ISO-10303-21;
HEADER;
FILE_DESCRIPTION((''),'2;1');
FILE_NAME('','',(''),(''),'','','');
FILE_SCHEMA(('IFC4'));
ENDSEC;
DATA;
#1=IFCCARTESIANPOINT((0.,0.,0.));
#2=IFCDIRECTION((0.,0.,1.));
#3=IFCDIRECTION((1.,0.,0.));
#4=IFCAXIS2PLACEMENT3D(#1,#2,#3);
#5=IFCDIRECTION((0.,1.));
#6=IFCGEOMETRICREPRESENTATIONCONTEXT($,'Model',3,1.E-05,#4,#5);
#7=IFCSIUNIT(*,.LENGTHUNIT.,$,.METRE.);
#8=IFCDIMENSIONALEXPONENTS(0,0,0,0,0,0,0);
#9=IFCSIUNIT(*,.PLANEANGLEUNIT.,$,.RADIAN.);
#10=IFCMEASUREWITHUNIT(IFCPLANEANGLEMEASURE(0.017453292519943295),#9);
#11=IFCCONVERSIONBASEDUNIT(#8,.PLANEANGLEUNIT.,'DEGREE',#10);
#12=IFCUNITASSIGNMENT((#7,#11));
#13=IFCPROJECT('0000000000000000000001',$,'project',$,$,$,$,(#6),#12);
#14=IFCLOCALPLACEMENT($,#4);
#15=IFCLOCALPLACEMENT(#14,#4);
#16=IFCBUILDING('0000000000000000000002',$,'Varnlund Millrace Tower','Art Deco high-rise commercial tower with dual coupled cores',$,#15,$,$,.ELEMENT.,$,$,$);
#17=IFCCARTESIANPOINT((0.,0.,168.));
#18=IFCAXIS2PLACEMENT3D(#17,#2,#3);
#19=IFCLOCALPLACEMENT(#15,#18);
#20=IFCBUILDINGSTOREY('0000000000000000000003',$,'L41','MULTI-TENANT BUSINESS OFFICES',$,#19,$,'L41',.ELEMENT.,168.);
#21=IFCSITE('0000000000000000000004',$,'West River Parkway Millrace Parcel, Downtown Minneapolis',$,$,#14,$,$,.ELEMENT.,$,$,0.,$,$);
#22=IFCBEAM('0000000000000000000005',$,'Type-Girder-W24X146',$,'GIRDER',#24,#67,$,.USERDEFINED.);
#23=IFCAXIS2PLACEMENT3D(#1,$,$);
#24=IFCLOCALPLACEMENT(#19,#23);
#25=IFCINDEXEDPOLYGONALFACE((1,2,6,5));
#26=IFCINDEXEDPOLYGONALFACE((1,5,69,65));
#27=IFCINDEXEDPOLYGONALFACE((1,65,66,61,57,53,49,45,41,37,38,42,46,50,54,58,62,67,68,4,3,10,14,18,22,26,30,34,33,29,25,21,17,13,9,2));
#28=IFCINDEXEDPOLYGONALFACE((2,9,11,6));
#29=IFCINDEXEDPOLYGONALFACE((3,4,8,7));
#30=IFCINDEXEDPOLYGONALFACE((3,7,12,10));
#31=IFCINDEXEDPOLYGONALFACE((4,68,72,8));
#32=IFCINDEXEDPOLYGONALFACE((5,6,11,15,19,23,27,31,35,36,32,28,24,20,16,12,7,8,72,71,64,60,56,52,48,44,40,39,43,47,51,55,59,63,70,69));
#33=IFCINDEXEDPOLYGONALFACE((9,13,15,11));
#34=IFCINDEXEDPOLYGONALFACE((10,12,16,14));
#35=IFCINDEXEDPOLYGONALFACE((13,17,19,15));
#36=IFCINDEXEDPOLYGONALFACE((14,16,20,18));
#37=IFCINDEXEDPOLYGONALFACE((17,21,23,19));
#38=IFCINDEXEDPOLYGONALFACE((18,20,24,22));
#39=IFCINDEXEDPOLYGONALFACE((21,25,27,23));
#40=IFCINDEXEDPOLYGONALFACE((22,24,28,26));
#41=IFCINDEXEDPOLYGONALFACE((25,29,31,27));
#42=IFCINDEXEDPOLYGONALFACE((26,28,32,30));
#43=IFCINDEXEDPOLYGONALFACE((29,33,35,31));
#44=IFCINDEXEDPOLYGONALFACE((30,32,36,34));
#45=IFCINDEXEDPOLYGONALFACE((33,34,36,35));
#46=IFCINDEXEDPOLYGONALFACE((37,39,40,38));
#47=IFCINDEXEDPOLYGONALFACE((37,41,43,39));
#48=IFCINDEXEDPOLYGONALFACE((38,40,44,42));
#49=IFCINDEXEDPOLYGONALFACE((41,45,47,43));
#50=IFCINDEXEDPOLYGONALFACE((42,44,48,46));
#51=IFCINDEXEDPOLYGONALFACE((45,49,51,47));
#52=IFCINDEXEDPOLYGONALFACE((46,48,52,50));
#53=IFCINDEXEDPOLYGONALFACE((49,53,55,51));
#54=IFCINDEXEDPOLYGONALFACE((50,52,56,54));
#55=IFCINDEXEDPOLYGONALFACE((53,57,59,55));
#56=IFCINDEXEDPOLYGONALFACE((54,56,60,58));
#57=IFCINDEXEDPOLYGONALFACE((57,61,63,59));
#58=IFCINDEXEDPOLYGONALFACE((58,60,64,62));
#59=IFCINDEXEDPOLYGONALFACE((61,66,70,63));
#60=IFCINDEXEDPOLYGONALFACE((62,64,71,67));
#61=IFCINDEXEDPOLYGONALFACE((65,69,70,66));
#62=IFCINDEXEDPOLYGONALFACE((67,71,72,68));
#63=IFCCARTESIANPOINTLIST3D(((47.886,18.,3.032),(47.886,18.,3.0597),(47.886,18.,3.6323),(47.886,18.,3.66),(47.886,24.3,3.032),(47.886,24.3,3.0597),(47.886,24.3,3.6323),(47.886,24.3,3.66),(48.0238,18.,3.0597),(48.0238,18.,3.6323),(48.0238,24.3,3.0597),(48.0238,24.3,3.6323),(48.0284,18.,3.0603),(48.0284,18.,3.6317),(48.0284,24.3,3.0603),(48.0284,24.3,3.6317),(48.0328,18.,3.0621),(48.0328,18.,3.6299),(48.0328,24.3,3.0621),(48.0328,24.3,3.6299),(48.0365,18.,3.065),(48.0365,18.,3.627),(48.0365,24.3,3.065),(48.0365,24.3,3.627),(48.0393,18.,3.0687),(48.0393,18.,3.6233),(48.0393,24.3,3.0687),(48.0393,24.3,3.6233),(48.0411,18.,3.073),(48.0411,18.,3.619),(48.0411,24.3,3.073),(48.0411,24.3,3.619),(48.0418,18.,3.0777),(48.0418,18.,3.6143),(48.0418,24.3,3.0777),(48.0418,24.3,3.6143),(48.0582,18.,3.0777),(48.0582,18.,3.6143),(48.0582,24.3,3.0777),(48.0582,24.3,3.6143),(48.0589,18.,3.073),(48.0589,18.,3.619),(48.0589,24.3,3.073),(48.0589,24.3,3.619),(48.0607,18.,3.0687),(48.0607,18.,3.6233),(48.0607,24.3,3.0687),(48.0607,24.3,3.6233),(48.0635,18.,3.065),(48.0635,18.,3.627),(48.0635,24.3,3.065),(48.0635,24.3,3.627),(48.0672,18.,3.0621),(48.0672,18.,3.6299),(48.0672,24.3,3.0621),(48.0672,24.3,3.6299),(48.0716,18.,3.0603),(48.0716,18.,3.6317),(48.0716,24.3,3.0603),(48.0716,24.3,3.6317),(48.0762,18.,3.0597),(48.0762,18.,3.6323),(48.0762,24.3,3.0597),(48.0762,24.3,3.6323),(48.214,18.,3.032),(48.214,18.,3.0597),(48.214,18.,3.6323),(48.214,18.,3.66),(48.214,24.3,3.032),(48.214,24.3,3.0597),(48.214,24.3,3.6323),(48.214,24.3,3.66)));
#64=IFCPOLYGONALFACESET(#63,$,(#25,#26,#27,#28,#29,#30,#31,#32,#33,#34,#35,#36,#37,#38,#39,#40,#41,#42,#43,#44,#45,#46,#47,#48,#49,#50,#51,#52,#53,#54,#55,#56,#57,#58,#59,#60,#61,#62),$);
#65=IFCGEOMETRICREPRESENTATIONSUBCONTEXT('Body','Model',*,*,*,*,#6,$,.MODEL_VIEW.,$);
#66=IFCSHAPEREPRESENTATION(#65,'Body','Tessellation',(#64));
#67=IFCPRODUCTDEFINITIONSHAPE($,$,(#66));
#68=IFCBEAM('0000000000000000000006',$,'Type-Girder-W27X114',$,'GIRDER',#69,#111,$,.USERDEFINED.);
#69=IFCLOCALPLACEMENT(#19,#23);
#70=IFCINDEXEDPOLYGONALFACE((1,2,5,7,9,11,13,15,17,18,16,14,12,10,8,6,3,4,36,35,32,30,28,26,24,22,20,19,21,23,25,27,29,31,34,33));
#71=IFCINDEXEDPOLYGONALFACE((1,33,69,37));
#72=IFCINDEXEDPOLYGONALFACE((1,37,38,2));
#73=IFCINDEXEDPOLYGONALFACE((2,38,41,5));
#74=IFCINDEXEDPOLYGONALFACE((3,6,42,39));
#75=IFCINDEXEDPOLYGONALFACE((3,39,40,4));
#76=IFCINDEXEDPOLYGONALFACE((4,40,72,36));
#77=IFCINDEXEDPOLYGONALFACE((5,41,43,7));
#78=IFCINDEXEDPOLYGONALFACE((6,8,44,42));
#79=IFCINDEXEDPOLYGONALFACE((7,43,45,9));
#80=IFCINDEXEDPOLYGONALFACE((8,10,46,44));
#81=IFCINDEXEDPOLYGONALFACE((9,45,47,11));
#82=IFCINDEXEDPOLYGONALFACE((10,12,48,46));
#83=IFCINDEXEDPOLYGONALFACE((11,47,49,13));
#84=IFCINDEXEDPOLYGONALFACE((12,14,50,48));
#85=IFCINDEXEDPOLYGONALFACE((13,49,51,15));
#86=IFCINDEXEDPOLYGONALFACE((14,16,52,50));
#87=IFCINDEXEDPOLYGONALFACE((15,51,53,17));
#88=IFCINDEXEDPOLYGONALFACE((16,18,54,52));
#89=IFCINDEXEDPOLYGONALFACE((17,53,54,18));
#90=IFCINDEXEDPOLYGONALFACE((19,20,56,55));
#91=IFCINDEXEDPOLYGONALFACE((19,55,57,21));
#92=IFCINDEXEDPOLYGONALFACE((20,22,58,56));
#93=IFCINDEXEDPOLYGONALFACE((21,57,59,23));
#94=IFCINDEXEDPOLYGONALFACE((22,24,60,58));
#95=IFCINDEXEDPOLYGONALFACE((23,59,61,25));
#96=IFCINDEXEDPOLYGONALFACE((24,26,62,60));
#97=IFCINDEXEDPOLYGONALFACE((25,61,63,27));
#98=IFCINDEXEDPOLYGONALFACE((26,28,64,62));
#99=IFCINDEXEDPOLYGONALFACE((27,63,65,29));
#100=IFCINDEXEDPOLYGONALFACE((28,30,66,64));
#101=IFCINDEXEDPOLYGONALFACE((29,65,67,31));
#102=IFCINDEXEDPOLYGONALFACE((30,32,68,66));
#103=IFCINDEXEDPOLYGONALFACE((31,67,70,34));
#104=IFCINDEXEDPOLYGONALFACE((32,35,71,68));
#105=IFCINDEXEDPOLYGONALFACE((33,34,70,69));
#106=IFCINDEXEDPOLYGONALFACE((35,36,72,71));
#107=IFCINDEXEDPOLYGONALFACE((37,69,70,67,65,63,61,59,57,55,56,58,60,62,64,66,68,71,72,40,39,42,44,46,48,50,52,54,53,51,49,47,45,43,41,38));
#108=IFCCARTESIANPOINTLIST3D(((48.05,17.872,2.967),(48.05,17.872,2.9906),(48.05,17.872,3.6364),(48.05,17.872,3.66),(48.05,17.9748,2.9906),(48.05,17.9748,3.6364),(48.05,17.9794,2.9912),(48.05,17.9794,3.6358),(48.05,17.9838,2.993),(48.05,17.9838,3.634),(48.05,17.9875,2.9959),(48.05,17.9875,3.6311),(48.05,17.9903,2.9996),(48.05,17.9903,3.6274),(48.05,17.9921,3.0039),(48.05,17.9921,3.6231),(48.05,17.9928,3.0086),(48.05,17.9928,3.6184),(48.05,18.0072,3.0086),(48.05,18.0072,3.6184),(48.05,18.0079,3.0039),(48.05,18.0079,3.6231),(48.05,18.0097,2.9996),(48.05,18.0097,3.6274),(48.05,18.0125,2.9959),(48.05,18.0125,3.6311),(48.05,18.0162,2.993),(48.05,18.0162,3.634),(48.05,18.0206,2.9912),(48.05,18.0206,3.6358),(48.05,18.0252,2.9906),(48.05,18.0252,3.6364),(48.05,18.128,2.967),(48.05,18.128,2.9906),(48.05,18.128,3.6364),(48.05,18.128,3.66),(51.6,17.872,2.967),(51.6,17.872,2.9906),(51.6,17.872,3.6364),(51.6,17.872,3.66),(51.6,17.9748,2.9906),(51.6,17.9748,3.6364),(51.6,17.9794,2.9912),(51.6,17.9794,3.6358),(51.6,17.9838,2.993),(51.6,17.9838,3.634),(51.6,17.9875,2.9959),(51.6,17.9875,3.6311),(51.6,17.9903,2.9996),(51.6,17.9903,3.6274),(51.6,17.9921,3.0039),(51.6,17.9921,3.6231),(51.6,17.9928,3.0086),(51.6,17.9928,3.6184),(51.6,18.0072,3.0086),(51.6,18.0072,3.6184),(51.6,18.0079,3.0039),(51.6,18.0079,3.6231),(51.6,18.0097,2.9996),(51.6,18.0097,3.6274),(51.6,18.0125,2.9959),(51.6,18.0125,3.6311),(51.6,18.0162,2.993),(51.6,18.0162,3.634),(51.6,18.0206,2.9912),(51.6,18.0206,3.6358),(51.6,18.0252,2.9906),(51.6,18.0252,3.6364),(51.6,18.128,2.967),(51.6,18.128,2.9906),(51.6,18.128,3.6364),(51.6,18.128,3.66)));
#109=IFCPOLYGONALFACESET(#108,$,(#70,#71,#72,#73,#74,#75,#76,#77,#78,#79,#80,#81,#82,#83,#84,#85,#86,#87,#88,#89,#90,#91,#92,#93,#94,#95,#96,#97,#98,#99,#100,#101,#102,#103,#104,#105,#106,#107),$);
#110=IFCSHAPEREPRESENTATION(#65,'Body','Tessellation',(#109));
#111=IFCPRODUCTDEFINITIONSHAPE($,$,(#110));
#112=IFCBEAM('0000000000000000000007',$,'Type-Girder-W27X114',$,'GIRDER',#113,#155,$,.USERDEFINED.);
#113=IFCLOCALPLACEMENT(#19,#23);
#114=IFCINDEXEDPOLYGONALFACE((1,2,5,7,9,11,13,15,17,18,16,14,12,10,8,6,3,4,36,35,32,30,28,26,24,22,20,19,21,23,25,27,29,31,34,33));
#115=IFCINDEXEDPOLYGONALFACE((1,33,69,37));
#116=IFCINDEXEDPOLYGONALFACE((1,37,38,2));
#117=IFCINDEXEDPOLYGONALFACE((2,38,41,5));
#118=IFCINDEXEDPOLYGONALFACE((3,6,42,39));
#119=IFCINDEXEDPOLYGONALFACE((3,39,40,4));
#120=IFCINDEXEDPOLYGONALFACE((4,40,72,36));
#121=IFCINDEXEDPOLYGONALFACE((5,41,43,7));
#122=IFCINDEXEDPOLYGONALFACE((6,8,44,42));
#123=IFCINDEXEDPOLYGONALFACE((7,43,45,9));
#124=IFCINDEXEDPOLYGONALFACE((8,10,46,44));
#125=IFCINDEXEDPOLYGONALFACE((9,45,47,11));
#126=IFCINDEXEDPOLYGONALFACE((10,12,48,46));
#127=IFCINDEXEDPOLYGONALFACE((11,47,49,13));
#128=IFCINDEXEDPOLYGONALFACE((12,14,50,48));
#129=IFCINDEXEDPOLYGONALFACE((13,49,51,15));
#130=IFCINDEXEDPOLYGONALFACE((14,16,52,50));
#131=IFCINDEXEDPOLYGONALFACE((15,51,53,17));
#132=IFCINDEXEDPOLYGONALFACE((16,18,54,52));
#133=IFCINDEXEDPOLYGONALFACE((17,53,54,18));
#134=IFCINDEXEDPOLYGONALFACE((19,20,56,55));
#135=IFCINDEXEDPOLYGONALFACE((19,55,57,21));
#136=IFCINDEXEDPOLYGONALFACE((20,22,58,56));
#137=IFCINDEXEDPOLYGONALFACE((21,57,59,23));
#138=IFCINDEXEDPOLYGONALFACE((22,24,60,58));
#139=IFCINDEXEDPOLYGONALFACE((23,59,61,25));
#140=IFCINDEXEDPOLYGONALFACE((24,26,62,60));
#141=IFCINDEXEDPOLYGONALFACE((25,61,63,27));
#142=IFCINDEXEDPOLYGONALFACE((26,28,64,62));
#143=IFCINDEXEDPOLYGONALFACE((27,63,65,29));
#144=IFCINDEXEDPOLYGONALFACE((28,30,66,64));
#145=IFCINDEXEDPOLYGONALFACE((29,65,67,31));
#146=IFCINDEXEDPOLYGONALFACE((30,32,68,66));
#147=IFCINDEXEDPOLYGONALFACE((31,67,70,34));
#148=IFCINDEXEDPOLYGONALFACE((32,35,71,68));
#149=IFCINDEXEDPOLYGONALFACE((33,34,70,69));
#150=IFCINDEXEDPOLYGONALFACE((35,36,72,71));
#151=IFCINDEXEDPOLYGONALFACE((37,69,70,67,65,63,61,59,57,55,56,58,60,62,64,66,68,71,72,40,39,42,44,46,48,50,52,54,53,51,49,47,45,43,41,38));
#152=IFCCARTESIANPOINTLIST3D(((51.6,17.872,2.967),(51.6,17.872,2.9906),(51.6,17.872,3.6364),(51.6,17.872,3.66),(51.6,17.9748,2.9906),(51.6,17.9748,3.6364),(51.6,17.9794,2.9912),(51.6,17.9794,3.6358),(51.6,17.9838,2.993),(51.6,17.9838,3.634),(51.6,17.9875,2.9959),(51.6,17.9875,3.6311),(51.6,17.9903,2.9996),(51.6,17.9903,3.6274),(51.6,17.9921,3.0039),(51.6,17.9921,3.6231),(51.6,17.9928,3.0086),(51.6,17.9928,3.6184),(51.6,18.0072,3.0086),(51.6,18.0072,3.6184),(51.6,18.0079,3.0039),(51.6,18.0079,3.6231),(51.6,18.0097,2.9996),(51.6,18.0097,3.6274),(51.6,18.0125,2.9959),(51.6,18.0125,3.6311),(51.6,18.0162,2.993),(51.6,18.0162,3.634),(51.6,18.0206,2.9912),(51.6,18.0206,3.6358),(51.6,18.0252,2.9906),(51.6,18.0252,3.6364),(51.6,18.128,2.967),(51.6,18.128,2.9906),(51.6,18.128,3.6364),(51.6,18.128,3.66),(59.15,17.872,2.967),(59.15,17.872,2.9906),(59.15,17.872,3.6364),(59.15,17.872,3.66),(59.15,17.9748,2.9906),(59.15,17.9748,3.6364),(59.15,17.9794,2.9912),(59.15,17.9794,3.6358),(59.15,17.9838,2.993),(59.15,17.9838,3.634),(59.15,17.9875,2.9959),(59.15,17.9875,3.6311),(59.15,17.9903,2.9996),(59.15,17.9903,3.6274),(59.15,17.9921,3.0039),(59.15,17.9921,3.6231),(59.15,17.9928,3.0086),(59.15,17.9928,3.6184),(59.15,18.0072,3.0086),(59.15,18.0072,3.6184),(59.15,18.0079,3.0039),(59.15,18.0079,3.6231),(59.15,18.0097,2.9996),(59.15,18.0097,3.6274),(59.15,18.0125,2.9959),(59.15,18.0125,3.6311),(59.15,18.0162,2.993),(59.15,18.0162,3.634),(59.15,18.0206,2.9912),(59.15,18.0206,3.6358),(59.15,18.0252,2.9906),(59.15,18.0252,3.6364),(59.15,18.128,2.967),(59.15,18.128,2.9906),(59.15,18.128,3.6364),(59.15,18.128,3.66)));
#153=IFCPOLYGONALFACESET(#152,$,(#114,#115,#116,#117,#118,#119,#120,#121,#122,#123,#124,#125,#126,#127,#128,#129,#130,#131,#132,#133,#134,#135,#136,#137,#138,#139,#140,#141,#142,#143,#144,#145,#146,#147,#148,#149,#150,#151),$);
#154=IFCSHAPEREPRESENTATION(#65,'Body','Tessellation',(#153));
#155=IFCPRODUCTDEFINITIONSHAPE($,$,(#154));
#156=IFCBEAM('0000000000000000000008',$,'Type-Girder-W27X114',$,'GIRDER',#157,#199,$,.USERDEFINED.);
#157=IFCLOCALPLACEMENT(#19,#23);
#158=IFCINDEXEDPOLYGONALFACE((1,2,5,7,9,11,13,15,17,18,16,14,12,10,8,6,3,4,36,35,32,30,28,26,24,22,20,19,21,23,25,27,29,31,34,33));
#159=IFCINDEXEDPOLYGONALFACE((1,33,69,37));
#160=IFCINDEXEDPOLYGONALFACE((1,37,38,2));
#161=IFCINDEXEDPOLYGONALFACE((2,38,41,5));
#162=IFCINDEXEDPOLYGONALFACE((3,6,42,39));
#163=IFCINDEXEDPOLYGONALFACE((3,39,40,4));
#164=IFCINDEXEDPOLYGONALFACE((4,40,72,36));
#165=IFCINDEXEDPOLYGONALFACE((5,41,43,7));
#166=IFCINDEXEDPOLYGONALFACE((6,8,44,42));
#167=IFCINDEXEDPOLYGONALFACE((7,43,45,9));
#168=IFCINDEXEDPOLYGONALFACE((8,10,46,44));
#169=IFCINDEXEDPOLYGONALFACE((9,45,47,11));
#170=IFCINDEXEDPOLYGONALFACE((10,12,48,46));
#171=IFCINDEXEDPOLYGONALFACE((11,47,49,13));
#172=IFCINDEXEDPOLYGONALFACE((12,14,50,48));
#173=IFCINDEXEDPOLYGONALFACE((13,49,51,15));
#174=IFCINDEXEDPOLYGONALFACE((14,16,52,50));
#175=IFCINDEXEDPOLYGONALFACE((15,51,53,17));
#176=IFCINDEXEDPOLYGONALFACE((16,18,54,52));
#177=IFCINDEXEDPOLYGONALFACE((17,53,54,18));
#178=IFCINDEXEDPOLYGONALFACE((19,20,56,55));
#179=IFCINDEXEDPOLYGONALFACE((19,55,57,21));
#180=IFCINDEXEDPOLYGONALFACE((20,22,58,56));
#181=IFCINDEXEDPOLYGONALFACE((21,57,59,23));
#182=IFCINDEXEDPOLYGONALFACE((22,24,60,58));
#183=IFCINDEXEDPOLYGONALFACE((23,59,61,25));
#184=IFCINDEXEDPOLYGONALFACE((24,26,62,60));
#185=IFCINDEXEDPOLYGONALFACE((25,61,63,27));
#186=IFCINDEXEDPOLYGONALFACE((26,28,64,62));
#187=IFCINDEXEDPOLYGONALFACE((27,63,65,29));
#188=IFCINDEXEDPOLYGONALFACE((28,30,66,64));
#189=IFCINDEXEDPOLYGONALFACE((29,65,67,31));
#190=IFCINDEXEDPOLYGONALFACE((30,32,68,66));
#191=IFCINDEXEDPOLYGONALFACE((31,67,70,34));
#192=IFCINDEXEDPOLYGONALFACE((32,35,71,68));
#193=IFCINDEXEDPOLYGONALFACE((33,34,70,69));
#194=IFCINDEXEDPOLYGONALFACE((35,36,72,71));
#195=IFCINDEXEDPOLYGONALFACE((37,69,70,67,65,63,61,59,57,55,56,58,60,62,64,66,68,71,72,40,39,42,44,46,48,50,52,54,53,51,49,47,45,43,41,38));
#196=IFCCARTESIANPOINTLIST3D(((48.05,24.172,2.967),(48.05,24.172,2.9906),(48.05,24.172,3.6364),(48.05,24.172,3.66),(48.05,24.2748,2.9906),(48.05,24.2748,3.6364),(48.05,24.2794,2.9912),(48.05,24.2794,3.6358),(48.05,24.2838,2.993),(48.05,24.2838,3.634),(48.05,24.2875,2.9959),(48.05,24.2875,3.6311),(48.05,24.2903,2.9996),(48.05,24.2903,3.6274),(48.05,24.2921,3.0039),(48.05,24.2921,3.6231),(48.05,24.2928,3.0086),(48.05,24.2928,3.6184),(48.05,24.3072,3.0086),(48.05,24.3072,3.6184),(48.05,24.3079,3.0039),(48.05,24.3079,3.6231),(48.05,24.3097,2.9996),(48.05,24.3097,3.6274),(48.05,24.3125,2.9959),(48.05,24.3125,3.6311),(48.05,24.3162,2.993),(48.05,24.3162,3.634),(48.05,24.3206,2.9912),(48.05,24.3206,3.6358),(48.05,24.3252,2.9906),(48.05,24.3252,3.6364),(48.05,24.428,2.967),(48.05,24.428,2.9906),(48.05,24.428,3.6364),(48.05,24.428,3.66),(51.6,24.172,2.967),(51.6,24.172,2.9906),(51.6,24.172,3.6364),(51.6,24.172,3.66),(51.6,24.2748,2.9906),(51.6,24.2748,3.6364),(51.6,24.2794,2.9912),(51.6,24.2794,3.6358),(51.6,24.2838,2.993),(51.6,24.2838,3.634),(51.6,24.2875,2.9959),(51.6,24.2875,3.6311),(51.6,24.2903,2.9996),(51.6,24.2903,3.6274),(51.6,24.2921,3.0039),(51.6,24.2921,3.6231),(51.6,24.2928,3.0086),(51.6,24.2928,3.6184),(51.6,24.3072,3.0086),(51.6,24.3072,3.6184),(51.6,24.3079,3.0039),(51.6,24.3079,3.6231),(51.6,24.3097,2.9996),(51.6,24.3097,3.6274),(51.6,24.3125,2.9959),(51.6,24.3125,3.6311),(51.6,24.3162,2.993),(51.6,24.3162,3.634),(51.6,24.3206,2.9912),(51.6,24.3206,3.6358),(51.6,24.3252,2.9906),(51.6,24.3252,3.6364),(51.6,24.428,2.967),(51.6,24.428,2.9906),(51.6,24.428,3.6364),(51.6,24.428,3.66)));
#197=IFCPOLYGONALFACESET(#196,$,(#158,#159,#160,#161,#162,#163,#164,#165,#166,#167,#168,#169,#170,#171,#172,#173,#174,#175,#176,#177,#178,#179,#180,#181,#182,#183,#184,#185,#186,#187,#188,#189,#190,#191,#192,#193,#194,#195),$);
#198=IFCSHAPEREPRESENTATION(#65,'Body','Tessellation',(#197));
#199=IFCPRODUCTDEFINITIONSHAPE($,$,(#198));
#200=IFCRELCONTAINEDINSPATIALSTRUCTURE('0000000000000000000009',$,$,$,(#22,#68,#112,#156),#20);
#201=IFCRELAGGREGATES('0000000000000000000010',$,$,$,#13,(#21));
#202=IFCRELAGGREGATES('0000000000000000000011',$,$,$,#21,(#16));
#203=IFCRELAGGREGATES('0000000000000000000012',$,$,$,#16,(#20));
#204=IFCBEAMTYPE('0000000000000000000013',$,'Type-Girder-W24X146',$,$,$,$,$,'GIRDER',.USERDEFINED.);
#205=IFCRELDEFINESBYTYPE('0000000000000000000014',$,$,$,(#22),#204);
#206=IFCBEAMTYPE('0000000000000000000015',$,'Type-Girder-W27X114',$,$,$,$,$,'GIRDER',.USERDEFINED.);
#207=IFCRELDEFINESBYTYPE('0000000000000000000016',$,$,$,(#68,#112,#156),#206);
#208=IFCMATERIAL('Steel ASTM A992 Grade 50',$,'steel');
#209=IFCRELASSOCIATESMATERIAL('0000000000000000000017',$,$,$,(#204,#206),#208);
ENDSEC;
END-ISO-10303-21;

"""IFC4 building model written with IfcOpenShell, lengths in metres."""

from ifc_helpers import new_model, entity, si_unit, converted_unit, direction, frame, origin_with_axes, origin_2d_with_axis, place, context, subcontext, project, spatial, i_section, extrude, material, material_profile, profile_set, type_object, element, save


model = new_model("IFC4")

# Units and contexts
model_context = context("Model", 3, precision=1e-05, world=origin_with_axes(), true_north=direction((0.0, 1.0)))
body_context = subcontext(model_context, "Body", "Model", "MODEL_VIEW")
ifc_project = project(units=[si_unit("LENGTHUNIT", "METRE"), converted_unit("PLANEANGLEUNIT", "DEGREE", entity("IfcPlaneAngleMeasure", 0.017453292519943295), si_unit("PLANEANGLEUNIT", "RADIAN"), dimensions=[0, 0, 0, 0, 0, 0, 0])], contexts=[model_context])

# Site, building, storey
site_placement = place(None, origin_with_axes())
site = spatial("IfcSite", under=ifc_project, at=site_placement, Name="West River Parkway Millrace Parcel, Downtown Minneapolis", CompositionType="ELEMENT", RefElevation=0.0)
building_placement = place(site_placement, origin_with_axes())
building = spatial("IfcBuilding", under=site, at=building_placement, Name="Varnlund Millrace Tower", Description="Art Deco high-rise commercial tower with dual coupled cores", CompositionType="ELEMENT")
storey_placement = place(building_placement, frame((0.0, 0.0, 168.0), z_axis=(0.0, 0.0, 1.0), x_axis=(1.0, 0.0, 0.0)))
storey = spatial("IfcBuildingStorey", under=building, at=storey_placement, Name="L41", Description="MULTI-TENANT BUSINESS OFFICES", LongName="L41", CompositionType="ELEMENT", Elevation=168.0)

# Beams
ifc_material_1 = material(Name="Steel ASTM A992 Grade 50", Category="steel")
ifc_material_profile_1 = material_profile(ifc_material_1, i_section(OverallWidth=0.328, OverallDepth=0.628, WebThickness=0.0165, FlangeThickness=0.0277, FilletRadius=0.018, at=origin_2d_with_axis()), Name="Steel ASTM A992 Grade 50")
ifc_profile_set_1 = profile_set([ifc_material_profile_1], Name="Steel ASTM A992 Grade 50")
beam_type_1 = type_object("IfcBeamType", Name="Type-Girder-W24X146", ElementType="GIRDER", PredefinedType="USERDEFINED", material=ifc_profile_set_1)
beam_1_placement = place(storey_placement, frame((48.05, 18.0, 3.346), z_axis=(0.0, 1.0, 0.0), x_axis=(-1.0, 0.0, 0.0)))
element("IfcBeam", 1, at=beam_1_placement, inside=storey, type_object=beam_type_1, Name="Type-Girder-W24X146", ObjectType="GIRDER", PredefinedType="USERDEFINED", context=body_context, shape_type="SweptSolid", body=[
    extrude(i_section(OverallWidth=0.328, OverallDepth=0.628, WebThickness=0.0165, FlangeThickness=0.0277, FilletRadius=0.018, at=origin_2d_with_axis()), origin_with_axes(), (0.0, 0.0, 1.0), 6.3),
])
ifc_material_profile_2 = material_profile(ifc_material_1, i_section(OverallWidth=0.256, OverallDepth=0.693, WebThickness=0.0145, FlangeThickness=0.0236, FilletRadius=0.018, at=origin_2d_with_axis()), Name="Steel ASTM A992 Grade 50")
ifc_profile_set_2 = profile_set([ifc_material_profile_2], Name="Steel ASTM A992 Grade 50")
beam_type_2 = type_object("IfcBeamType", Name="Type-Girder-W27X114", ElementType="GIRDER", PredefinedType="USERDEFINED", material=ifc_profile_set_2)
beam_2_placement = place(storey_placement, frame((48.05, 18.0, 3.3135), z_axis=(1.0, 0.0, 0.0), x_axis=(0.0, 1.0, 0.0)))
element("IfcBeam", 2, at=beam_2_placement, inside=storey, type_object=beam_type_2, Name="Type-Girder-W27X114", ObjectType="GIRDER", PredefinedType="USERDEFINED", context=body_context, shape_type="SweptSolid", body=[
    extrude(i_section(OverallWidth=0.256, OverallDepth=0.693, WebThickness=0.0145, FlangeThickness=0.0236, FilletRadius=0.018, at=origin_2d_with_axis()), origin_with_axes(), (0.0, 0.0, 1.0), 3.55),
])
beam_3_placement = place(storey_placement, frame((51.6, 18.0, 3.3135), z_axis=(1.0, 0.0, 0.0), x_axis=(0.0, 1.0, 0.0)))
element("IfcBeam", 3, at=beam_3_placement, inside=storey, type_object=beam_type_2, Name="Type-Girder-W27X114", ObjectType="GIRDER", PredefinedType="USERDEFINED", context=body_context, shape_type="SweptSolid", body=[
    extrude(i_section(OverallWidth=0.256, OverallDepth=0.693, WebThickness=0.0145, FlangeThickness=0.0236, FilletRadius=0.018, at=origin_2d_with_axis()), origin_with_axes(), (0.0, 0.0, 1.0), 7.55),
])
beam_4_placement = place(storey_placement, frame((48.05, 24.3, 3.3135), z_axis=(1.0, 0.0, 0.0), x_axis=(0.0, 1.0, 0.0)))
element("IfcBeam", 4, at=beam_4_placement, inside=storey, type_object=beam_type_2, Name="Type-Girder-W27X114", ObjectType="GIRDER", PredefinedType="USERDEFINED", context=body_context, shape_type="SweptSolid", body=[
    extrude(i_section(OverallWidth=0.256, OverallDepth=0.693, WebThickness=0.0145, FlangeThickness=0.0236, FilletRadius=0.018, at=origin_2d_with_axis()), origin_with_axes(), (0.0, 0.0, 1.0), 3.55),
])

save(model, "model.ifc")
